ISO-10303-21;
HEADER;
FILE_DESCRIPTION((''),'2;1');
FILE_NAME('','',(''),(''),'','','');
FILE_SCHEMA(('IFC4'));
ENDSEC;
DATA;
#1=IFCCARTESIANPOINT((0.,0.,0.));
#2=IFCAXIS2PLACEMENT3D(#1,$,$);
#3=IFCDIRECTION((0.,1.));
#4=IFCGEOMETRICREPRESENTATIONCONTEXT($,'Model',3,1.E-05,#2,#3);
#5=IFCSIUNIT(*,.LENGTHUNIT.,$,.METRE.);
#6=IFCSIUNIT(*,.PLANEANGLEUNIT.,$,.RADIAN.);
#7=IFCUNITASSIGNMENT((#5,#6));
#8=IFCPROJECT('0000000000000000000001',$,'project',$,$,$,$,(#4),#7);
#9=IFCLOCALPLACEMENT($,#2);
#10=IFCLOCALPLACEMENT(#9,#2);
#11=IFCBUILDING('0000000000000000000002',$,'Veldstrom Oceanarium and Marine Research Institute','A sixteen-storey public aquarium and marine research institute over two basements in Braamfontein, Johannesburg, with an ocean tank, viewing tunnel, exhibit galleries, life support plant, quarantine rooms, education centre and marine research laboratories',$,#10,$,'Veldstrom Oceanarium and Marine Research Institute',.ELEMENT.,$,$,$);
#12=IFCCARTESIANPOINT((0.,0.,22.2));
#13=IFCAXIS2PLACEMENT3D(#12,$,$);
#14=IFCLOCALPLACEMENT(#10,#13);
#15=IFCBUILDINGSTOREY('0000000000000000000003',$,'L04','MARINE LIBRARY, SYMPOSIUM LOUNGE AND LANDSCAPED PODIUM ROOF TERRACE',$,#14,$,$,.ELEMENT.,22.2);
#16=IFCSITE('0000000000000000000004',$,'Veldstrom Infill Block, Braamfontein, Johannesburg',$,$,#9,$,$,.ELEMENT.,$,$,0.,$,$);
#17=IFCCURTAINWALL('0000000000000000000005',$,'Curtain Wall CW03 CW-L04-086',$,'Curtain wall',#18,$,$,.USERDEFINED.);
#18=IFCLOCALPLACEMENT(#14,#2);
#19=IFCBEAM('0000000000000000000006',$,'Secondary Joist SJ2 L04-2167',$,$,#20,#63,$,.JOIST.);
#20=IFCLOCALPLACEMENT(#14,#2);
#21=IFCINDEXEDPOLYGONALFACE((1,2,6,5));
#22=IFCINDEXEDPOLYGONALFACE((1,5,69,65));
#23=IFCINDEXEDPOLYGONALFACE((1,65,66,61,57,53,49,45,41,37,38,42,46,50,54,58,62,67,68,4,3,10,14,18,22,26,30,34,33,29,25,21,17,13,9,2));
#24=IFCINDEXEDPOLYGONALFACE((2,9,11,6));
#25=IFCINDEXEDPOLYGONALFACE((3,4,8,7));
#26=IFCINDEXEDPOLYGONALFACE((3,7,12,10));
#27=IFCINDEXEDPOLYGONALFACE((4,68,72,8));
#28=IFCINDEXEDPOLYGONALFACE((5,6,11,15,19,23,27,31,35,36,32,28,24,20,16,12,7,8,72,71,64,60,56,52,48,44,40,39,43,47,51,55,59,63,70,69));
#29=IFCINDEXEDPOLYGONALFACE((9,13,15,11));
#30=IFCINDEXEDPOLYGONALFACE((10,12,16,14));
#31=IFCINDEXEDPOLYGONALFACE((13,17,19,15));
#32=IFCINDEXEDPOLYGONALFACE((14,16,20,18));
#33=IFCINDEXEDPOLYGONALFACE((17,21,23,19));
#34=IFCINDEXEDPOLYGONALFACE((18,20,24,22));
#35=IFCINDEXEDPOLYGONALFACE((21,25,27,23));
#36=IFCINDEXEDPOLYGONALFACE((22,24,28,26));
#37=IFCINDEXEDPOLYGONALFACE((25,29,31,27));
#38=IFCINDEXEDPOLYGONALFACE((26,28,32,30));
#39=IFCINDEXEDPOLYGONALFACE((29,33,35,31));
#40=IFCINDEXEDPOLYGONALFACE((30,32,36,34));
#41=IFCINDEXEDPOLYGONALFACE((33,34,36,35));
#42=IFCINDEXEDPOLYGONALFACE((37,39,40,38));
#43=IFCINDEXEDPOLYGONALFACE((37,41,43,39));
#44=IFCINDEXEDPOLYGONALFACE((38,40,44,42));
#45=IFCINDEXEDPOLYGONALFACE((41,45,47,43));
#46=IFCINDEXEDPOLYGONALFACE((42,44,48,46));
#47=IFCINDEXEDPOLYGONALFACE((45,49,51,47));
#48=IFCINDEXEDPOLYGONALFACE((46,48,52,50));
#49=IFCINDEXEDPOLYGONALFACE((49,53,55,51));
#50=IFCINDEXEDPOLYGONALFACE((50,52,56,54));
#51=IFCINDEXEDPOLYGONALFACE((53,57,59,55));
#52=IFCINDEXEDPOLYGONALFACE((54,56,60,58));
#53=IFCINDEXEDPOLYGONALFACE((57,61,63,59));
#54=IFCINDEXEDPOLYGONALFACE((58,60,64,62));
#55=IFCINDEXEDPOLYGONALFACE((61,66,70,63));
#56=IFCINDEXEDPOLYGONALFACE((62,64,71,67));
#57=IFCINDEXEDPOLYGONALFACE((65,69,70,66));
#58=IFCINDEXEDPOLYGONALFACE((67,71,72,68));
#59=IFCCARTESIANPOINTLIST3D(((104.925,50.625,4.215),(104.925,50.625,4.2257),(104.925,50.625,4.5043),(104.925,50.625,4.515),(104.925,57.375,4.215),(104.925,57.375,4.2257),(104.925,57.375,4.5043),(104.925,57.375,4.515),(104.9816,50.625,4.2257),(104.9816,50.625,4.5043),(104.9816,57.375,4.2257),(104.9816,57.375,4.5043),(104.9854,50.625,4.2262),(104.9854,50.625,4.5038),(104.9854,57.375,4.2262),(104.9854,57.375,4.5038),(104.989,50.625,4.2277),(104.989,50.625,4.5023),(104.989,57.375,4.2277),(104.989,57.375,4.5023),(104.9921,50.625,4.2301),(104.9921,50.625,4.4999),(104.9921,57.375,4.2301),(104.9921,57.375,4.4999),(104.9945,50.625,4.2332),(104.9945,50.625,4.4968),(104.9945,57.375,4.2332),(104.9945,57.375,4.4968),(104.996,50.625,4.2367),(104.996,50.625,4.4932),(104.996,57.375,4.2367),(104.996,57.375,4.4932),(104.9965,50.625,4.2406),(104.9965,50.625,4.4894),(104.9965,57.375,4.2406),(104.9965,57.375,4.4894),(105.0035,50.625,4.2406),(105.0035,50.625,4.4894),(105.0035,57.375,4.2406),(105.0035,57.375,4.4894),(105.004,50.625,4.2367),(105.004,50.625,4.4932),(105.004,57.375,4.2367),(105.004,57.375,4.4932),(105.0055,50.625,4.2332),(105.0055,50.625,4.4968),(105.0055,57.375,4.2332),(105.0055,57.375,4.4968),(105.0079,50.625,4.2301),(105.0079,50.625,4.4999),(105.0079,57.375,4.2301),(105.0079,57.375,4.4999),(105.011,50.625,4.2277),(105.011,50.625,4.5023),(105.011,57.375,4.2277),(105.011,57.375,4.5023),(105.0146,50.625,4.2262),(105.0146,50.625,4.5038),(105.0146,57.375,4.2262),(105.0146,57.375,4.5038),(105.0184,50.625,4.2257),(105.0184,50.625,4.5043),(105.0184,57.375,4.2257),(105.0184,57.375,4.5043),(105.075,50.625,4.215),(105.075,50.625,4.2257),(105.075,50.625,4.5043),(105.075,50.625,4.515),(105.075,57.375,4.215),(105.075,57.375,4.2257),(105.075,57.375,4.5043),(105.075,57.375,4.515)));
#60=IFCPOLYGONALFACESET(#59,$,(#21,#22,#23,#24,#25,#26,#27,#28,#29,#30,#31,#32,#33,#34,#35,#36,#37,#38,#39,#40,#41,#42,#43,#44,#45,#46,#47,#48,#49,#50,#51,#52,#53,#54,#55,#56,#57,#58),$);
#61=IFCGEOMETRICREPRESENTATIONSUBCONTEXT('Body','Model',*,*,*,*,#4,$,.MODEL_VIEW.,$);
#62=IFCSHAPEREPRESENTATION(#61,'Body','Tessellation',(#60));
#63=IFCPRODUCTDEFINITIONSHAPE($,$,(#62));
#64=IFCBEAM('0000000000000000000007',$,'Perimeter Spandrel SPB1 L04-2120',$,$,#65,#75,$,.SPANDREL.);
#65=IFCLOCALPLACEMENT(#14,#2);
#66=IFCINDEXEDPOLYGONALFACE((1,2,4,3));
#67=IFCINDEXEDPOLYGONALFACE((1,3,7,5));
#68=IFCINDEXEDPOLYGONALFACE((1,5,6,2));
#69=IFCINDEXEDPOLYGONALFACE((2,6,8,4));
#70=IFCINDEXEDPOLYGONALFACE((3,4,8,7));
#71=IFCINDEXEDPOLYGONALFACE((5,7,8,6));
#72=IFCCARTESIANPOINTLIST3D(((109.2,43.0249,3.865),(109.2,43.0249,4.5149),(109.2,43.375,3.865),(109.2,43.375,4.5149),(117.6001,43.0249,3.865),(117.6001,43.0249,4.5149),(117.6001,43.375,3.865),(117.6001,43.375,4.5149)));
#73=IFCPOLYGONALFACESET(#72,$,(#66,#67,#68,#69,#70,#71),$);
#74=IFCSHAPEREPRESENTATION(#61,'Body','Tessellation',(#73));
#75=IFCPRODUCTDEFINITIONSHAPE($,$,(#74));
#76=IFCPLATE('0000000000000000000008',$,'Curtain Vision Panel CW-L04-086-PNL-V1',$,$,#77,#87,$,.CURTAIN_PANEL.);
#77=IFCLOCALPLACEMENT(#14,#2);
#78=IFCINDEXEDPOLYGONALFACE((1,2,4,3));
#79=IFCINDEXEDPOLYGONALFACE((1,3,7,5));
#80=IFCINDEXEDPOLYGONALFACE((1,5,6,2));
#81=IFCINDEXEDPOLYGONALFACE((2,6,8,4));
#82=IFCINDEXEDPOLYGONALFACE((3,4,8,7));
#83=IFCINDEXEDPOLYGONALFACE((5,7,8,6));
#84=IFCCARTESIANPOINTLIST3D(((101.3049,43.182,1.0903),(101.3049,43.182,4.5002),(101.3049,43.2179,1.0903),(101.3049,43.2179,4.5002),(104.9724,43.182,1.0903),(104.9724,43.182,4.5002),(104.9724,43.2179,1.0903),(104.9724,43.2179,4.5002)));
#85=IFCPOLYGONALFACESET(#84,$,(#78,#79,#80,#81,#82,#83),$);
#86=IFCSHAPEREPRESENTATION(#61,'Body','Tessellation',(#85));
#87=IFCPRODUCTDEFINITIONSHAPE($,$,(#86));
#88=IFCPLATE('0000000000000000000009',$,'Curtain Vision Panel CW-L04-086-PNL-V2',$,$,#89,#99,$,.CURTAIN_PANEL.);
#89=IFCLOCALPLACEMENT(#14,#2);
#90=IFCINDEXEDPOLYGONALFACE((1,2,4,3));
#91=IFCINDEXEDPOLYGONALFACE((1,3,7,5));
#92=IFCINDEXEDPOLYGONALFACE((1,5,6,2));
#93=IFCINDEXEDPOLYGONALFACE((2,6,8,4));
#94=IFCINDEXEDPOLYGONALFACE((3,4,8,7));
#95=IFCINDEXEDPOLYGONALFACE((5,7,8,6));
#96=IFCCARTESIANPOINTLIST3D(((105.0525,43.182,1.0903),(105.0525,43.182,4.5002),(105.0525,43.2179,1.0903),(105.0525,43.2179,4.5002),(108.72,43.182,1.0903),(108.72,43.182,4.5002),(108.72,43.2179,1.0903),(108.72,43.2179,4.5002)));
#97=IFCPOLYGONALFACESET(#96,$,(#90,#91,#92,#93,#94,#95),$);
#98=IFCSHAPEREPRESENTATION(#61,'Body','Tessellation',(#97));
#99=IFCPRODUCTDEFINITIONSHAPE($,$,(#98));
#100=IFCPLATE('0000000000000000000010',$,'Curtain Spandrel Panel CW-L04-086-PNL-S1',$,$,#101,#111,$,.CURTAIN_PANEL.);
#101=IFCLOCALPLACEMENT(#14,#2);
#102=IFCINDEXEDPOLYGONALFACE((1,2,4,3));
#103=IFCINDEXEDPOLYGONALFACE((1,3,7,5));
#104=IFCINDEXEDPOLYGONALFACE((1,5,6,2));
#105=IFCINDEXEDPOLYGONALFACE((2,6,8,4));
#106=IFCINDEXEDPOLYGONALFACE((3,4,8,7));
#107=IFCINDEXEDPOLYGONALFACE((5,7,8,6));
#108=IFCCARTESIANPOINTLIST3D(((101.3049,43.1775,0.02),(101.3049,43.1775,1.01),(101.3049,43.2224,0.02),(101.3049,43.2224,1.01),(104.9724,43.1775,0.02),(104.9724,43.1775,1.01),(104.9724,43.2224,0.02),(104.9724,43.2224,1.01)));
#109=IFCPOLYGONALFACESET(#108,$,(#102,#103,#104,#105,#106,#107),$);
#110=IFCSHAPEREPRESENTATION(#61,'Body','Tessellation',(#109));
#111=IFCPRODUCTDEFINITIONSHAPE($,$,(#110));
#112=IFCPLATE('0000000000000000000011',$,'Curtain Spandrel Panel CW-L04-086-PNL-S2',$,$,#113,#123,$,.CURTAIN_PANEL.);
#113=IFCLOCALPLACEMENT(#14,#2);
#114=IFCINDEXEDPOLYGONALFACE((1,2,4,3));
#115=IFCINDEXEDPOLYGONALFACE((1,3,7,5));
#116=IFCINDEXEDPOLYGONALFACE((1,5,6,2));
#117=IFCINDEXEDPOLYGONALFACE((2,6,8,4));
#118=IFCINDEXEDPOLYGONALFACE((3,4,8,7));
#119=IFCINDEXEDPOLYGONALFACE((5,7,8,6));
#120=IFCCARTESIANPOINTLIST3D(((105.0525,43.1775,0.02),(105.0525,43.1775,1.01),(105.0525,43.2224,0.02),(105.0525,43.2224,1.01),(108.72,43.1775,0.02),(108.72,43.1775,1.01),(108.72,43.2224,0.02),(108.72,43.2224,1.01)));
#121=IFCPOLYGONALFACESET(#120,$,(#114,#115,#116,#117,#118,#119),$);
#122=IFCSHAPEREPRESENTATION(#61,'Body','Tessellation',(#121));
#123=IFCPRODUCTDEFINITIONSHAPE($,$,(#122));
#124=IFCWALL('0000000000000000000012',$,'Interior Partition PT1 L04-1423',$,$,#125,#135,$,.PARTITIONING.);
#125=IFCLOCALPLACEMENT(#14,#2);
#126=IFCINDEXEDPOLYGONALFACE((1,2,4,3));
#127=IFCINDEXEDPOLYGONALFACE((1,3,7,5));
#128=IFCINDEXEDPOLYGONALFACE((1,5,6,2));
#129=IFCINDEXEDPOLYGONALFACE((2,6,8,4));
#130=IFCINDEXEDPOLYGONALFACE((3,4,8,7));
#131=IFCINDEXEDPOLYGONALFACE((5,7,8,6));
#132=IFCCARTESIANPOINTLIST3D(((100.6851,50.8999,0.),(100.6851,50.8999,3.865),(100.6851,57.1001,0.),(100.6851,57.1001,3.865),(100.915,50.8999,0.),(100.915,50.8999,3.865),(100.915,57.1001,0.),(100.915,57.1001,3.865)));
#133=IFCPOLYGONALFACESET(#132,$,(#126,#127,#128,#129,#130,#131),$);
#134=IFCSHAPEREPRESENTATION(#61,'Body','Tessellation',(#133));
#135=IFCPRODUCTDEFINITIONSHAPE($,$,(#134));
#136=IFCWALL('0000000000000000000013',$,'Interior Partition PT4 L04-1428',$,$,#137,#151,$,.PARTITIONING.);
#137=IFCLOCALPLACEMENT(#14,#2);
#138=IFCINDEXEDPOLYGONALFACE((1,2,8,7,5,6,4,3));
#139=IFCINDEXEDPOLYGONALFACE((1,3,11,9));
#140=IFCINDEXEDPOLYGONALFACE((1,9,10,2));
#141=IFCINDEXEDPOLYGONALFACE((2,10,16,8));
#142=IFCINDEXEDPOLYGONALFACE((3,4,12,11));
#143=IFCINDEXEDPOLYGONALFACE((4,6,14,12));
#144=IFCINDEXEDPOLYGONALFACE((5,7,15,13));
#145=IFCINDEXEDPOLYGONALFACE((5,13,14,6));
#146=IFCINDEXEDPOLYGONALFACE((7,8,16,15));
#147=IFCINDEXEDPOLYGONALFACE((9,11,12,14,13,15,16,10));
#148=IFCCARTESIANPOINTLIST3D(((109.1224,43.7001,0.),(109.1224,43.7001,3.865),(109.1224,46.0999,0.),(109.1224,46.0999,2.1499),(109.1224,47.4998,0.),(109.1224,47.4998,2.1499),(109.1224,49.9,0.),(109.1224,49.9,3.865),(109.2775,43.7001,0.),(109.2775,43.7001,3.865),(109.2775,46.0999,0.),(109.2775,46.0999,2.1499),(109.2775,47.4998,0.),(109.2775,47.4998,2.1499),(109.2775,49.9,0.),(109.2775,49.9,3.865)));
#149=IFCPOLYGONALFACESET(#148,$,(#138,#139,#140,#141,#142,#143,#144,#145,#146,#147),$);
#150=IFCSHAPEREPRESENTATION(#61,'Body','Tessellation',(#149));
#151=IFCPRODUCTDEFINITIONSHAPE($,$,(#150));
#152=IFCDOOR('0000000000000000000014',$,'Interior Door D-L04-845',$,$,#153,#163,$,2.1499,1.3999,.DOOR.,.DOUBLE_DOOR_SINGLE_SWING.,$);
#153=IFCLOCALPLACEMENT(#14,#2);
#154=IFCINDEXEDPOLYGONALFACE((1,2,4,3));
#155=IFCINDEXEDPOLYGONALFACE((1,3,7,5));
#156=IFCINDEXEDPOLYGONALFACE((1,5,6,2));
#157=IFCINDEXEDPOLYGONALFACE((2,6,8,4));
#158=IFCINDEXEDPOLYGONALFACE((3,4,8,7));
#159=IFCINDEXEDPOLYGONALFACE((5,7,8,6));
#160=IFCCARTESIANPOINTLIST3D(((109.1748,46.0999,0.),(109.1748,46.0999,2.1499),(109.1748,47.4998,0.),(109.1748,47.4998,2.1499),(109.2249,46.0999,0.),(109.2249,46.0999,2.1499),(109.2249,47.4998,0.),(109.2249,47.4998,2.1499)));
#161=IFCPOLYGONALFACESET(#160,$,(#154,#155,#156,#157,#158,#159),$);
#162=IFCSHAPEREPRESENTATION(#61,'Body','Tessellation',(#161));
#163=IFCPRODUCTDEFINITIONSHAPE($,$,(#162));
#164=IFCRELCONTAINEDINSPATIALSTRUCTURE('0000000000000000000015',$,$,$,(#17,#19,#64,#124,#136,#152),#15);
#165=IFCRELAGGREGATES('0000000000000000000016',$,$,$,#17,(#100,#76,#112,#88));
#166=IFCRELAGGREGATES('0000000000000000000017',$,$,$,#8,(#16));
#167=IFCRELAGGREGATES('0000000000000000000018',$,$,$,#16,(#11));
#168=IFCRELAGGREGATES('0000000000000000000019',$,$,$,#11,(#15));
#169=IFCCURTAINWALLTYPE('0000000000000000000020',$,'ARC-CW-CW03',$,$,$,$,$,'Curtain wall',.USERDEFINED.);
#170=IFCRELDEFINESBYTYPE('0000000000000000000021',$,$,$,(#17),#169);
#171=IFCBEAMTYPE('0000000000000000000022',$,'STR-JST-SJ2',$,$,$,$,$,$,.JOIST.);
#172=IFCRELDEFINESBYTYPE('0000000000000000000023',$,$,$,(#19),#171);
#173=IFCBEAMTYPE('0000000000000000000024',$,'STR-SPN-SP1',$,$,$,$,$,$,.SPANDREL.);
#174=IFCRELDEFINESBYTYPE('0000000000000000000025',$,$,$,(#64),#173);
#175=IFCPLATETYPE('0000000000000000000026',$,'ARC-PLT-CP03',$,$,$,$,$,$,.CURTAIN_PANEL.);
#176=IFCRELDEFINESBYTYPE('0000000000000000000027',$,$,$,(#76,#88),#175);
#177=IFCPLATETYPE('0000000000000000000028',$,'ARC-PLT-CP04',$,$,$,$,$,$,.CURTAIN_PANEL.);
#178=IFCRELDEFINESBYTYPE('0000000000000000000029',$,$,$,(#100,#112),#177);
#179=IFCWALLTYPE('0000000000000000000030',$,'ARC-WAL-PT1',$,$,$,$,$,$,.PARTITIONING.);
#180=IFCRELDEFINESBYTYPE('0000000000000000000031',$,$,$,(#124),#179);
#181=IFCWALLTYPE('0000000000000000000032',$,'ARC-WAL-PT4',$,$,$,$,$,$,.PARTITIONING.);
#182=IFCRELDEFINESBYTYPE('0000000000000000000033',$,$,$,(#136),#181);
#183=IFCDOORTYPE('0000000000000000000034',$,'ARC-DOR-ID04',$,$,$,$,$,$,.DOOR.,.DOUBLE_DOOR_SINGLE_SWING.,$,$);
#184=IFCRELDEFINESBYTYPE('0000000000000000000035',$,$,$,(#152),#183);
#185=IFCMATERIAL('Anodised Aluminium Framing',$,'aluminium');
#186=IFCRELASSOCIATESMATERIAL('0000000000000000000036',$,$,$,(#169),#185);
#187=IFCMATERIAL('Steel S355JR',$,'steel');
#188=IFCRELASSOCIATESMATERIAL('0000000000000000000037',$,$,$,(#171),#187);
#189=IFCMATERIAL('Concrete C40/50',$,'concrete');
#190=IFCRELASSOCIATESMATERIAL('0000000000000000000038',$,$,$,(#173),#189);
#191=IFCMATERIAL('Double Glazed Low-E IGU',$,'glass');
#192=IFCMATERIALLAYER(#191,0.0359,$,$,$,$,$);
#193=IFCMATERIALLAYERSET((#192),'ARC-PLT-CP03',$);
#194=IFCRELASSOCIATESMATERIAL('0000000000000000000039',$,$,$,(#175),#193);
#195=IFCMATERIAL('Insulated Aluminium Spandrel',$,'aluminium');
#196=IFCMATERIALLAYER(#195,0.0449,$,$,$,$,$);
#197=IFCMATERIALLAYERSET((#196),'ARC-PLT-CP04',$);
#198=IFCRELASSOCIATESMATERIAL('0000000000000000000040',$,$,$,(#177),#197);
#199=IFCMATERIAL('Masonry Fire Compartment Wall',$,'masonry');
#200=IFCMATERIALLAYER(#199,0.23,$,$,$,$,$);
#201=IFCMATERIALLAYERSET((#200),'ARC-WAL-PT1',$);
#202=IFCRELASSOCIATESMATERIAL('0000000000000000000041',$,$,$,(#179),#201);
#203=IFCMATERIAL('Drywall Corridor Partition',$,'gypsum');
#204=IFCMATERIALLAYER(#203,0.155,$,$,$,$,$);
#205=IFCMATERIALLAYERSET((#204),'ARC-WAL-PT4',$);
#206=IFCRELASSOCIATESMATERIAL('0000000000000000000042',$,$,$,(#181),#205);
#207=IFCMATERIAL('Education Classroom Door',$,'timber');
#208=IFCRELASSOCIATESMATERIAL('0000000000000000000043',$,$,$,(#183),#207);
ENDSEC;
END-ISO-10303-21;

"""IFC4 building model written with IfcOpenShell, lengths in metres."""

from ifc_helpers import new_model, si_unit, direction, frame, frame_2d, origin, origin_2d, place, context, subcontext, project, spatial, rectangle, i_section, extrude, material, layer, layer_set, material_profile, profile_set, type_object, element, fill, aggregate, save


model = new_model("IFC4")

# Units and contexts
model_context = context("Model", 3, precision=1e-05, world=origin(), true_north=direction((0.0, 1.0)))
body_context = subcontext(model_context, "Body", "Model", "MODEL_VIEW")
ifc_project = project(units=[si_unit("LENGTHUNIT", "METRE"), si_unit("PLANEANGLEUNIT", "RADIAN")], contexts=[model_context])

# Site, building, storey
site_placement = place(None, origin())
site = spatial("IfcSite", under=ifc_project, at=site_placement, Name="Veldstrom Infill Block, Braamfontein, Johannesburg", CompositionType="ELEMENT", RefElevation=0.0)
building_placement = place(site_placement, origin())
building = spatial("IfcBuilding", under=site, at=building_placement, Name="Veldstrom Oceanarium and Marine Research Institute", Description="A sixteen-storey public aquarium and marine research institute over two basements in Braamfontein, Johannesburg, with an ocean tank, viewing tunnel, exhibit galleries, life support plant, quarantine rooms, education centre and marine research laboratories", LongName="Veldstrom Oceanarium and Marine Research Institute", CompositionType="ELEMENT")
storey_placement = place(building_placement, frame((0.0, 0.0, 22.2)))
storey = spatial("IfcBuildingStorey", under=building, at=storey_placement, Name="L04", Description="MARINE LIBRARY, SYMPOSIUM LOUNGE AND LANDSCAPED PODIUM ROOF TERRACE", CompositionType="ELEMENT", Elevation=22.2)

# Curtain wall
ifc_material_1 = material(Name="Anodised Aluminium Framing", Category="aluminium")
curtain_wall_type = type_object("IfcCurtainWallType", Name="ARC-CW-CW03", ElementType="Curtain wall", PredefinedType="USERDEFINED", material=ifc_material_1)
curtain_wall_1_placement = place(storey_placement, origin())
curtain_wall_1 = element("IfcCurtainWall", 1, at=curtain_wall_1_placement, inside=storey, type_object=curtain_wall_type, Name="Curtain Wall CW03 CW-L04-086", ObjectType="Curtain wall", PredefinedType="USERDEFINED")

# Beams
ifc_material_2 = material(Name="Steel S355JR", Category="steel")
ifc_material_profile_1 = material_profile(ifc_material_2, i_section(OverallWidth=0.1499, OverallDepth=0.3, WebThickness=0.0071, FlangeThickness=0.0107, FilletRadius=0.0149, at=origin_2d()), Name="IPE 300")
ifc_profile_set_1 = profile_set([ifc_material_profile_1], Name="Steel S355JR")
beam_type_1 = type_object("IfcBeamType", Name="STR-JST-SJ2", PredefinedType="JOIST", material=ifc_profile_set_1)
beam_1_placement = place(storey_placement, frame((105.0, 50.625, 4.365), z_axis=(0.0, 1.0, 0.0), x_axis=(-1.0, 0.0, 0.0)))
element("IfcBeam", 2, at=beam_1_placement, inside=storey, type_object=beam_type_1, Name="Secondary Joist SJ2 L04-2167", PredefinedType="JOIST", context=body_context, shape_type="SweptSolid", body=[
    extrude(i_section(OverallWidth=0.1499, OverallDepth=0.3, WebThickness=0.0071, FlangeThickness=0.0107, FilletRadius=0.0149, at=origin_2d()), origin(), (0.0, 0.0, 1.0), 6.75),
])
ifc_material_3 = material(Name="Concrete C40/50", Category="concrete")
ifc_material_profile_2 = material_profile(ifc_material_3, rectangle(XDim=0.3501, YDim=0.6499, at=origin_2d()), Name="RC-SPN-350x650")
ifc_profile_set_2 = profile_set([ifc_material_profile_2], Name="Concrete C40/50")
beam_type_2 = type_object("IfcBeamType", Name="STR-SPN-SP1", PredefinedType="SPANDREL", material=ifc_profile_set_2)
beam_2_placement = place(storey_placement, frame((109.2, 43.2, 4.1899), z_axis=(1.0, 0.0, 0.0), x_axis=(0.0, 1.0, 0.0)))
element("IfcBeam", 3, at=beam_2_placement, inside=storey, type_object=beam_type_2, Name="Perimeter Spandrel SPB1 L04-2120", PredefinedType="SPANDREL", context=body_context, shape_type="SweptSolid", body=[
    extrude(rectangle(XDim=0.3501, YDim=0.6499, at=origin_2d()), origin(), (0.0, 0.0, 1.0), 8.4001),
])

# Plates
ifc_material_4 = material(Name="Double Glazed Low-E IGU", Category="glass")
ifc_layer_1 = layer(ifc_material_4, 0.0359)
ifc_layer_set_1 = layer_set([ifc_layer_1], Name="ARC-PLT-CP03")
plate_type_1 = type_object("IfcPlateType", Name="ARC-PLT-CP03", PredefinedType="CURTAIN_PANEL", material=ifc_layer_set_1)
plate_1_placement = place(storey_placement, frame((103.1387, 43.2, 1.0903), z_axis=(0.0, 0.0, 1.0), x_axis=(1.0, 0.0, 0.0)))
plate_1 = element("IfcPlate", 4, at=plate_1_placement, type_object=plate_type_1, Name="Curtain Vision Panel CW-L04-086-PNL-V1", PredefinedType="CURTAIN_PANEL", context=body_context, shape_type="SweptSolid", body=[
    extrude(rectangle(XDim=3.6675, YDim=0.0359, at=origin_2d()), origin(), (0.0, 0.0, 1.0), 3.4099),
])
plate_2_placement = place(storey_placement, frame((106.8862, 43.2, 1.0903), z_axis=(0.0, 0.0, 1.0), x_axis=(1.0, 0.0, 0.0)))
plate_2 = element("IfcPlate", 5, at=plate_2_placement, type_object=plate_type_1, Name="Curtain Vision Panel CW-L04-086-PNL-V2", PredefinedType="CURTAIN_PANEL", context=body_context, shape_type="SweptSolid", body=[
    extrude(rectangle(XDim=3.6675, YDim=0.0359, at=origin_2d()), origin(), (0.0, 0.0, 1.0), 3.4099),
])
ifc_material_5 = material(Name="Insulated Aluminium Spandrel", Category="aluminium")
ifc_layer_2 = layer(ifc_material_5, 0.0449)
ifc_layer_set_2 = layer_set([ifc_layer_2], Name="ARC-PLT-CP04")
plate_type_2 = type_object("IfcPlateType", Name="ARC-PLT-CP04", PredefinedType="CURTAIN_PANEL", material=ifc_layer_set_2)
plate_3_placement = place(storey_placement, frame((103.1387, 43.2, 0.02), z_axis=(0.0, 0.0, 1.0), x_axis=(1.0, 0.0, 0.0)))
plate_3 = element("IfcPlate", 6, at=plate_3_placement, type_object=plate_type_2, Name="Curtain Spandrel Panel CW-L04-086-PNL-S1", PredefinedType="CURTAIN_PANEL", context=body_context, shape_type="SweptSolid", body=[
    extrude(rectangle(XDim=3.6675, YDim=0.0449, at=origin_2d()), origin(), (0.0, 0.0, 1.0), 0.99),
])
plate_4_placement = place(storey_placement, frame((106.8862, 43.2, 0.02), z_axis=(0.0, 0.0, 1.0), x_axis=(1.0, 0.0, 0.0)))
plate_4 = element("IfcPlate", 7, at=plate_4_placement, type_object=plate_type_2, Name="Curtain Spandrel Panel CW-L04-086-PNL-S2", PredefinedType="CURTAIN_PANEL", context=body_context, shape_type="SweptSolid", body=[
    extrude(rectangle(XDim=3.6675, YDim=0.0449, at=origin_2d()), origin(), (0.0, 0.0, 1.0), 0.99),
])
aggregate(curtain_wall_1, [plate_3, plate_1, plate_4, plate_2])

# Wall
ifc_material_6 = material(Name="Masonry Fire Compartment Wall", Category="masonry")
ifc_layer_3 = layer(ifc_material_6, 0.23)
ifc_layer_set_3 = layer_set([ifc_layer_3], Name="ARC-WAL-PT1")
wall_type_1 = type_object("IfcWallType", Name="ARC-WAL-PT1", PredefinedType="PARTITIONING", material=ifc_layer_set_3)
wall_1_placement = place(storey_placement, frame((100.8, 50.8999, 0.0), z_axis=(0.0, 0.0, 1.0), x_axis=(0.0, 1.0, 0.0)))
element("IfcWall", 8, at=wall_1_placement, inside=storey, type_object=wall_type_1, Name="Interior Partition PT1 L04-1423", PredefinedType="PARTITIONING", context=body_context, shape_type="SweptSolid", body=[
    extrude(rectangle(XDim=6.2002, YDim=0.23, at=frame_2d((3.1001, 0.0))), origin(), (0.0, 0.0, 1.0), 3.865),
])

# Wall, opening, door
ifc_material_7 = material(Name="Drywall Corridor Partition", Category="gypsum")
ifc_layer_4 = layer(ifc_material_7, 0.155)
ifc_layer_set_4 = layer_set([ifc_layer_4], Name="ARC-WAL-PT4")
wall_type_2 = type_object("IfcWallType", Name="ARC-WAL-PT4", PredefinedType="PARTITIONING", material=ifc_layer_set_4)
wall_2_placement = place(storey_placement, frame((109.2, 43.7, 0.0), z_axis=(0.0, 0.0, 1.0), x_axis=(0.0, 1.0, 0.0)))
wall_2 = element("IfcWall", 9, at=wall_2_placement, inside=storey, type_object=wall_type_2, Name="Interior Partition PT4 L04-1428", PredefinedType="PARTITIONING", context=body_context, shape_type="SweptSolid", body=[
    extrude(rectangle(XDim=6.2, YDim=0.155, at=frame_2d((3.1001, 0.0))), origin(), (0.0, 0.0, 1.0), 3.865),
])
opening_1_placement = place(wall_2_placement, frame((2.3999, 0.0, 0.0)))
opening_1 = element("IfcOpeningElement", 10, at=opening_1_placement, cuts=wall_2, PredefinedType="OPENING", context=body_context, shape_type="SweptSolid", body=[
    extrude(rectangle(XDim=1.3999, YDim=2.1499, at=frame_2d((0.7, 1.075))), frame((0.0, 0.0874, 0.0), z_axis=(0.0, -1.0, 0.0), x_axis=(1.0, 0.0, 0.0)), (0.0, 0.0, 1.0), 0.175),
])
ifc_material_8 = material(Name="Education Classroom Door", Category="timber")
door_type_1 = type_object("IfcDoorType", Name="ARC-DOR-ID04", OperationType="DOUBLE_DOOR_SINGLE_SWING", PredefinedType="DOOR", material=ifc_material_8)
door_1_placement = place(opening_1_placement, frame((1.3999, 0.0, 0.0), z_axis=(0.0, 0.0, 1.0), x_axis=(-1.0, 0.0, 0.0)))
door_1 = element("IfcDoor", 11, at=door_1_placement, inside=storey, type_object=door_type_1, Name="Interior Door D-L04-845", OperationType="DOUBLE_DOOR_SINGLE_SWING", OverallHeight=2.1499, OverallWidth=1.3999, PredefinedType="DOOR", context=body_context, shape_type="SweptSolid", body=[
    extrude(rectangle(XDim=1.3999, YDim=2.1499, at=frame_2d((0.7, 1.075))), frame((0.0, 0.0249, 0.0), z_axis=(0.0, -1.0, 0.0), x_axis=(1.0, 0.0, 0.0)), (0.0, 0.0, 1.0), 0.05),
])
fill(opening_1, door_1)

save(model, "model.ifc")
